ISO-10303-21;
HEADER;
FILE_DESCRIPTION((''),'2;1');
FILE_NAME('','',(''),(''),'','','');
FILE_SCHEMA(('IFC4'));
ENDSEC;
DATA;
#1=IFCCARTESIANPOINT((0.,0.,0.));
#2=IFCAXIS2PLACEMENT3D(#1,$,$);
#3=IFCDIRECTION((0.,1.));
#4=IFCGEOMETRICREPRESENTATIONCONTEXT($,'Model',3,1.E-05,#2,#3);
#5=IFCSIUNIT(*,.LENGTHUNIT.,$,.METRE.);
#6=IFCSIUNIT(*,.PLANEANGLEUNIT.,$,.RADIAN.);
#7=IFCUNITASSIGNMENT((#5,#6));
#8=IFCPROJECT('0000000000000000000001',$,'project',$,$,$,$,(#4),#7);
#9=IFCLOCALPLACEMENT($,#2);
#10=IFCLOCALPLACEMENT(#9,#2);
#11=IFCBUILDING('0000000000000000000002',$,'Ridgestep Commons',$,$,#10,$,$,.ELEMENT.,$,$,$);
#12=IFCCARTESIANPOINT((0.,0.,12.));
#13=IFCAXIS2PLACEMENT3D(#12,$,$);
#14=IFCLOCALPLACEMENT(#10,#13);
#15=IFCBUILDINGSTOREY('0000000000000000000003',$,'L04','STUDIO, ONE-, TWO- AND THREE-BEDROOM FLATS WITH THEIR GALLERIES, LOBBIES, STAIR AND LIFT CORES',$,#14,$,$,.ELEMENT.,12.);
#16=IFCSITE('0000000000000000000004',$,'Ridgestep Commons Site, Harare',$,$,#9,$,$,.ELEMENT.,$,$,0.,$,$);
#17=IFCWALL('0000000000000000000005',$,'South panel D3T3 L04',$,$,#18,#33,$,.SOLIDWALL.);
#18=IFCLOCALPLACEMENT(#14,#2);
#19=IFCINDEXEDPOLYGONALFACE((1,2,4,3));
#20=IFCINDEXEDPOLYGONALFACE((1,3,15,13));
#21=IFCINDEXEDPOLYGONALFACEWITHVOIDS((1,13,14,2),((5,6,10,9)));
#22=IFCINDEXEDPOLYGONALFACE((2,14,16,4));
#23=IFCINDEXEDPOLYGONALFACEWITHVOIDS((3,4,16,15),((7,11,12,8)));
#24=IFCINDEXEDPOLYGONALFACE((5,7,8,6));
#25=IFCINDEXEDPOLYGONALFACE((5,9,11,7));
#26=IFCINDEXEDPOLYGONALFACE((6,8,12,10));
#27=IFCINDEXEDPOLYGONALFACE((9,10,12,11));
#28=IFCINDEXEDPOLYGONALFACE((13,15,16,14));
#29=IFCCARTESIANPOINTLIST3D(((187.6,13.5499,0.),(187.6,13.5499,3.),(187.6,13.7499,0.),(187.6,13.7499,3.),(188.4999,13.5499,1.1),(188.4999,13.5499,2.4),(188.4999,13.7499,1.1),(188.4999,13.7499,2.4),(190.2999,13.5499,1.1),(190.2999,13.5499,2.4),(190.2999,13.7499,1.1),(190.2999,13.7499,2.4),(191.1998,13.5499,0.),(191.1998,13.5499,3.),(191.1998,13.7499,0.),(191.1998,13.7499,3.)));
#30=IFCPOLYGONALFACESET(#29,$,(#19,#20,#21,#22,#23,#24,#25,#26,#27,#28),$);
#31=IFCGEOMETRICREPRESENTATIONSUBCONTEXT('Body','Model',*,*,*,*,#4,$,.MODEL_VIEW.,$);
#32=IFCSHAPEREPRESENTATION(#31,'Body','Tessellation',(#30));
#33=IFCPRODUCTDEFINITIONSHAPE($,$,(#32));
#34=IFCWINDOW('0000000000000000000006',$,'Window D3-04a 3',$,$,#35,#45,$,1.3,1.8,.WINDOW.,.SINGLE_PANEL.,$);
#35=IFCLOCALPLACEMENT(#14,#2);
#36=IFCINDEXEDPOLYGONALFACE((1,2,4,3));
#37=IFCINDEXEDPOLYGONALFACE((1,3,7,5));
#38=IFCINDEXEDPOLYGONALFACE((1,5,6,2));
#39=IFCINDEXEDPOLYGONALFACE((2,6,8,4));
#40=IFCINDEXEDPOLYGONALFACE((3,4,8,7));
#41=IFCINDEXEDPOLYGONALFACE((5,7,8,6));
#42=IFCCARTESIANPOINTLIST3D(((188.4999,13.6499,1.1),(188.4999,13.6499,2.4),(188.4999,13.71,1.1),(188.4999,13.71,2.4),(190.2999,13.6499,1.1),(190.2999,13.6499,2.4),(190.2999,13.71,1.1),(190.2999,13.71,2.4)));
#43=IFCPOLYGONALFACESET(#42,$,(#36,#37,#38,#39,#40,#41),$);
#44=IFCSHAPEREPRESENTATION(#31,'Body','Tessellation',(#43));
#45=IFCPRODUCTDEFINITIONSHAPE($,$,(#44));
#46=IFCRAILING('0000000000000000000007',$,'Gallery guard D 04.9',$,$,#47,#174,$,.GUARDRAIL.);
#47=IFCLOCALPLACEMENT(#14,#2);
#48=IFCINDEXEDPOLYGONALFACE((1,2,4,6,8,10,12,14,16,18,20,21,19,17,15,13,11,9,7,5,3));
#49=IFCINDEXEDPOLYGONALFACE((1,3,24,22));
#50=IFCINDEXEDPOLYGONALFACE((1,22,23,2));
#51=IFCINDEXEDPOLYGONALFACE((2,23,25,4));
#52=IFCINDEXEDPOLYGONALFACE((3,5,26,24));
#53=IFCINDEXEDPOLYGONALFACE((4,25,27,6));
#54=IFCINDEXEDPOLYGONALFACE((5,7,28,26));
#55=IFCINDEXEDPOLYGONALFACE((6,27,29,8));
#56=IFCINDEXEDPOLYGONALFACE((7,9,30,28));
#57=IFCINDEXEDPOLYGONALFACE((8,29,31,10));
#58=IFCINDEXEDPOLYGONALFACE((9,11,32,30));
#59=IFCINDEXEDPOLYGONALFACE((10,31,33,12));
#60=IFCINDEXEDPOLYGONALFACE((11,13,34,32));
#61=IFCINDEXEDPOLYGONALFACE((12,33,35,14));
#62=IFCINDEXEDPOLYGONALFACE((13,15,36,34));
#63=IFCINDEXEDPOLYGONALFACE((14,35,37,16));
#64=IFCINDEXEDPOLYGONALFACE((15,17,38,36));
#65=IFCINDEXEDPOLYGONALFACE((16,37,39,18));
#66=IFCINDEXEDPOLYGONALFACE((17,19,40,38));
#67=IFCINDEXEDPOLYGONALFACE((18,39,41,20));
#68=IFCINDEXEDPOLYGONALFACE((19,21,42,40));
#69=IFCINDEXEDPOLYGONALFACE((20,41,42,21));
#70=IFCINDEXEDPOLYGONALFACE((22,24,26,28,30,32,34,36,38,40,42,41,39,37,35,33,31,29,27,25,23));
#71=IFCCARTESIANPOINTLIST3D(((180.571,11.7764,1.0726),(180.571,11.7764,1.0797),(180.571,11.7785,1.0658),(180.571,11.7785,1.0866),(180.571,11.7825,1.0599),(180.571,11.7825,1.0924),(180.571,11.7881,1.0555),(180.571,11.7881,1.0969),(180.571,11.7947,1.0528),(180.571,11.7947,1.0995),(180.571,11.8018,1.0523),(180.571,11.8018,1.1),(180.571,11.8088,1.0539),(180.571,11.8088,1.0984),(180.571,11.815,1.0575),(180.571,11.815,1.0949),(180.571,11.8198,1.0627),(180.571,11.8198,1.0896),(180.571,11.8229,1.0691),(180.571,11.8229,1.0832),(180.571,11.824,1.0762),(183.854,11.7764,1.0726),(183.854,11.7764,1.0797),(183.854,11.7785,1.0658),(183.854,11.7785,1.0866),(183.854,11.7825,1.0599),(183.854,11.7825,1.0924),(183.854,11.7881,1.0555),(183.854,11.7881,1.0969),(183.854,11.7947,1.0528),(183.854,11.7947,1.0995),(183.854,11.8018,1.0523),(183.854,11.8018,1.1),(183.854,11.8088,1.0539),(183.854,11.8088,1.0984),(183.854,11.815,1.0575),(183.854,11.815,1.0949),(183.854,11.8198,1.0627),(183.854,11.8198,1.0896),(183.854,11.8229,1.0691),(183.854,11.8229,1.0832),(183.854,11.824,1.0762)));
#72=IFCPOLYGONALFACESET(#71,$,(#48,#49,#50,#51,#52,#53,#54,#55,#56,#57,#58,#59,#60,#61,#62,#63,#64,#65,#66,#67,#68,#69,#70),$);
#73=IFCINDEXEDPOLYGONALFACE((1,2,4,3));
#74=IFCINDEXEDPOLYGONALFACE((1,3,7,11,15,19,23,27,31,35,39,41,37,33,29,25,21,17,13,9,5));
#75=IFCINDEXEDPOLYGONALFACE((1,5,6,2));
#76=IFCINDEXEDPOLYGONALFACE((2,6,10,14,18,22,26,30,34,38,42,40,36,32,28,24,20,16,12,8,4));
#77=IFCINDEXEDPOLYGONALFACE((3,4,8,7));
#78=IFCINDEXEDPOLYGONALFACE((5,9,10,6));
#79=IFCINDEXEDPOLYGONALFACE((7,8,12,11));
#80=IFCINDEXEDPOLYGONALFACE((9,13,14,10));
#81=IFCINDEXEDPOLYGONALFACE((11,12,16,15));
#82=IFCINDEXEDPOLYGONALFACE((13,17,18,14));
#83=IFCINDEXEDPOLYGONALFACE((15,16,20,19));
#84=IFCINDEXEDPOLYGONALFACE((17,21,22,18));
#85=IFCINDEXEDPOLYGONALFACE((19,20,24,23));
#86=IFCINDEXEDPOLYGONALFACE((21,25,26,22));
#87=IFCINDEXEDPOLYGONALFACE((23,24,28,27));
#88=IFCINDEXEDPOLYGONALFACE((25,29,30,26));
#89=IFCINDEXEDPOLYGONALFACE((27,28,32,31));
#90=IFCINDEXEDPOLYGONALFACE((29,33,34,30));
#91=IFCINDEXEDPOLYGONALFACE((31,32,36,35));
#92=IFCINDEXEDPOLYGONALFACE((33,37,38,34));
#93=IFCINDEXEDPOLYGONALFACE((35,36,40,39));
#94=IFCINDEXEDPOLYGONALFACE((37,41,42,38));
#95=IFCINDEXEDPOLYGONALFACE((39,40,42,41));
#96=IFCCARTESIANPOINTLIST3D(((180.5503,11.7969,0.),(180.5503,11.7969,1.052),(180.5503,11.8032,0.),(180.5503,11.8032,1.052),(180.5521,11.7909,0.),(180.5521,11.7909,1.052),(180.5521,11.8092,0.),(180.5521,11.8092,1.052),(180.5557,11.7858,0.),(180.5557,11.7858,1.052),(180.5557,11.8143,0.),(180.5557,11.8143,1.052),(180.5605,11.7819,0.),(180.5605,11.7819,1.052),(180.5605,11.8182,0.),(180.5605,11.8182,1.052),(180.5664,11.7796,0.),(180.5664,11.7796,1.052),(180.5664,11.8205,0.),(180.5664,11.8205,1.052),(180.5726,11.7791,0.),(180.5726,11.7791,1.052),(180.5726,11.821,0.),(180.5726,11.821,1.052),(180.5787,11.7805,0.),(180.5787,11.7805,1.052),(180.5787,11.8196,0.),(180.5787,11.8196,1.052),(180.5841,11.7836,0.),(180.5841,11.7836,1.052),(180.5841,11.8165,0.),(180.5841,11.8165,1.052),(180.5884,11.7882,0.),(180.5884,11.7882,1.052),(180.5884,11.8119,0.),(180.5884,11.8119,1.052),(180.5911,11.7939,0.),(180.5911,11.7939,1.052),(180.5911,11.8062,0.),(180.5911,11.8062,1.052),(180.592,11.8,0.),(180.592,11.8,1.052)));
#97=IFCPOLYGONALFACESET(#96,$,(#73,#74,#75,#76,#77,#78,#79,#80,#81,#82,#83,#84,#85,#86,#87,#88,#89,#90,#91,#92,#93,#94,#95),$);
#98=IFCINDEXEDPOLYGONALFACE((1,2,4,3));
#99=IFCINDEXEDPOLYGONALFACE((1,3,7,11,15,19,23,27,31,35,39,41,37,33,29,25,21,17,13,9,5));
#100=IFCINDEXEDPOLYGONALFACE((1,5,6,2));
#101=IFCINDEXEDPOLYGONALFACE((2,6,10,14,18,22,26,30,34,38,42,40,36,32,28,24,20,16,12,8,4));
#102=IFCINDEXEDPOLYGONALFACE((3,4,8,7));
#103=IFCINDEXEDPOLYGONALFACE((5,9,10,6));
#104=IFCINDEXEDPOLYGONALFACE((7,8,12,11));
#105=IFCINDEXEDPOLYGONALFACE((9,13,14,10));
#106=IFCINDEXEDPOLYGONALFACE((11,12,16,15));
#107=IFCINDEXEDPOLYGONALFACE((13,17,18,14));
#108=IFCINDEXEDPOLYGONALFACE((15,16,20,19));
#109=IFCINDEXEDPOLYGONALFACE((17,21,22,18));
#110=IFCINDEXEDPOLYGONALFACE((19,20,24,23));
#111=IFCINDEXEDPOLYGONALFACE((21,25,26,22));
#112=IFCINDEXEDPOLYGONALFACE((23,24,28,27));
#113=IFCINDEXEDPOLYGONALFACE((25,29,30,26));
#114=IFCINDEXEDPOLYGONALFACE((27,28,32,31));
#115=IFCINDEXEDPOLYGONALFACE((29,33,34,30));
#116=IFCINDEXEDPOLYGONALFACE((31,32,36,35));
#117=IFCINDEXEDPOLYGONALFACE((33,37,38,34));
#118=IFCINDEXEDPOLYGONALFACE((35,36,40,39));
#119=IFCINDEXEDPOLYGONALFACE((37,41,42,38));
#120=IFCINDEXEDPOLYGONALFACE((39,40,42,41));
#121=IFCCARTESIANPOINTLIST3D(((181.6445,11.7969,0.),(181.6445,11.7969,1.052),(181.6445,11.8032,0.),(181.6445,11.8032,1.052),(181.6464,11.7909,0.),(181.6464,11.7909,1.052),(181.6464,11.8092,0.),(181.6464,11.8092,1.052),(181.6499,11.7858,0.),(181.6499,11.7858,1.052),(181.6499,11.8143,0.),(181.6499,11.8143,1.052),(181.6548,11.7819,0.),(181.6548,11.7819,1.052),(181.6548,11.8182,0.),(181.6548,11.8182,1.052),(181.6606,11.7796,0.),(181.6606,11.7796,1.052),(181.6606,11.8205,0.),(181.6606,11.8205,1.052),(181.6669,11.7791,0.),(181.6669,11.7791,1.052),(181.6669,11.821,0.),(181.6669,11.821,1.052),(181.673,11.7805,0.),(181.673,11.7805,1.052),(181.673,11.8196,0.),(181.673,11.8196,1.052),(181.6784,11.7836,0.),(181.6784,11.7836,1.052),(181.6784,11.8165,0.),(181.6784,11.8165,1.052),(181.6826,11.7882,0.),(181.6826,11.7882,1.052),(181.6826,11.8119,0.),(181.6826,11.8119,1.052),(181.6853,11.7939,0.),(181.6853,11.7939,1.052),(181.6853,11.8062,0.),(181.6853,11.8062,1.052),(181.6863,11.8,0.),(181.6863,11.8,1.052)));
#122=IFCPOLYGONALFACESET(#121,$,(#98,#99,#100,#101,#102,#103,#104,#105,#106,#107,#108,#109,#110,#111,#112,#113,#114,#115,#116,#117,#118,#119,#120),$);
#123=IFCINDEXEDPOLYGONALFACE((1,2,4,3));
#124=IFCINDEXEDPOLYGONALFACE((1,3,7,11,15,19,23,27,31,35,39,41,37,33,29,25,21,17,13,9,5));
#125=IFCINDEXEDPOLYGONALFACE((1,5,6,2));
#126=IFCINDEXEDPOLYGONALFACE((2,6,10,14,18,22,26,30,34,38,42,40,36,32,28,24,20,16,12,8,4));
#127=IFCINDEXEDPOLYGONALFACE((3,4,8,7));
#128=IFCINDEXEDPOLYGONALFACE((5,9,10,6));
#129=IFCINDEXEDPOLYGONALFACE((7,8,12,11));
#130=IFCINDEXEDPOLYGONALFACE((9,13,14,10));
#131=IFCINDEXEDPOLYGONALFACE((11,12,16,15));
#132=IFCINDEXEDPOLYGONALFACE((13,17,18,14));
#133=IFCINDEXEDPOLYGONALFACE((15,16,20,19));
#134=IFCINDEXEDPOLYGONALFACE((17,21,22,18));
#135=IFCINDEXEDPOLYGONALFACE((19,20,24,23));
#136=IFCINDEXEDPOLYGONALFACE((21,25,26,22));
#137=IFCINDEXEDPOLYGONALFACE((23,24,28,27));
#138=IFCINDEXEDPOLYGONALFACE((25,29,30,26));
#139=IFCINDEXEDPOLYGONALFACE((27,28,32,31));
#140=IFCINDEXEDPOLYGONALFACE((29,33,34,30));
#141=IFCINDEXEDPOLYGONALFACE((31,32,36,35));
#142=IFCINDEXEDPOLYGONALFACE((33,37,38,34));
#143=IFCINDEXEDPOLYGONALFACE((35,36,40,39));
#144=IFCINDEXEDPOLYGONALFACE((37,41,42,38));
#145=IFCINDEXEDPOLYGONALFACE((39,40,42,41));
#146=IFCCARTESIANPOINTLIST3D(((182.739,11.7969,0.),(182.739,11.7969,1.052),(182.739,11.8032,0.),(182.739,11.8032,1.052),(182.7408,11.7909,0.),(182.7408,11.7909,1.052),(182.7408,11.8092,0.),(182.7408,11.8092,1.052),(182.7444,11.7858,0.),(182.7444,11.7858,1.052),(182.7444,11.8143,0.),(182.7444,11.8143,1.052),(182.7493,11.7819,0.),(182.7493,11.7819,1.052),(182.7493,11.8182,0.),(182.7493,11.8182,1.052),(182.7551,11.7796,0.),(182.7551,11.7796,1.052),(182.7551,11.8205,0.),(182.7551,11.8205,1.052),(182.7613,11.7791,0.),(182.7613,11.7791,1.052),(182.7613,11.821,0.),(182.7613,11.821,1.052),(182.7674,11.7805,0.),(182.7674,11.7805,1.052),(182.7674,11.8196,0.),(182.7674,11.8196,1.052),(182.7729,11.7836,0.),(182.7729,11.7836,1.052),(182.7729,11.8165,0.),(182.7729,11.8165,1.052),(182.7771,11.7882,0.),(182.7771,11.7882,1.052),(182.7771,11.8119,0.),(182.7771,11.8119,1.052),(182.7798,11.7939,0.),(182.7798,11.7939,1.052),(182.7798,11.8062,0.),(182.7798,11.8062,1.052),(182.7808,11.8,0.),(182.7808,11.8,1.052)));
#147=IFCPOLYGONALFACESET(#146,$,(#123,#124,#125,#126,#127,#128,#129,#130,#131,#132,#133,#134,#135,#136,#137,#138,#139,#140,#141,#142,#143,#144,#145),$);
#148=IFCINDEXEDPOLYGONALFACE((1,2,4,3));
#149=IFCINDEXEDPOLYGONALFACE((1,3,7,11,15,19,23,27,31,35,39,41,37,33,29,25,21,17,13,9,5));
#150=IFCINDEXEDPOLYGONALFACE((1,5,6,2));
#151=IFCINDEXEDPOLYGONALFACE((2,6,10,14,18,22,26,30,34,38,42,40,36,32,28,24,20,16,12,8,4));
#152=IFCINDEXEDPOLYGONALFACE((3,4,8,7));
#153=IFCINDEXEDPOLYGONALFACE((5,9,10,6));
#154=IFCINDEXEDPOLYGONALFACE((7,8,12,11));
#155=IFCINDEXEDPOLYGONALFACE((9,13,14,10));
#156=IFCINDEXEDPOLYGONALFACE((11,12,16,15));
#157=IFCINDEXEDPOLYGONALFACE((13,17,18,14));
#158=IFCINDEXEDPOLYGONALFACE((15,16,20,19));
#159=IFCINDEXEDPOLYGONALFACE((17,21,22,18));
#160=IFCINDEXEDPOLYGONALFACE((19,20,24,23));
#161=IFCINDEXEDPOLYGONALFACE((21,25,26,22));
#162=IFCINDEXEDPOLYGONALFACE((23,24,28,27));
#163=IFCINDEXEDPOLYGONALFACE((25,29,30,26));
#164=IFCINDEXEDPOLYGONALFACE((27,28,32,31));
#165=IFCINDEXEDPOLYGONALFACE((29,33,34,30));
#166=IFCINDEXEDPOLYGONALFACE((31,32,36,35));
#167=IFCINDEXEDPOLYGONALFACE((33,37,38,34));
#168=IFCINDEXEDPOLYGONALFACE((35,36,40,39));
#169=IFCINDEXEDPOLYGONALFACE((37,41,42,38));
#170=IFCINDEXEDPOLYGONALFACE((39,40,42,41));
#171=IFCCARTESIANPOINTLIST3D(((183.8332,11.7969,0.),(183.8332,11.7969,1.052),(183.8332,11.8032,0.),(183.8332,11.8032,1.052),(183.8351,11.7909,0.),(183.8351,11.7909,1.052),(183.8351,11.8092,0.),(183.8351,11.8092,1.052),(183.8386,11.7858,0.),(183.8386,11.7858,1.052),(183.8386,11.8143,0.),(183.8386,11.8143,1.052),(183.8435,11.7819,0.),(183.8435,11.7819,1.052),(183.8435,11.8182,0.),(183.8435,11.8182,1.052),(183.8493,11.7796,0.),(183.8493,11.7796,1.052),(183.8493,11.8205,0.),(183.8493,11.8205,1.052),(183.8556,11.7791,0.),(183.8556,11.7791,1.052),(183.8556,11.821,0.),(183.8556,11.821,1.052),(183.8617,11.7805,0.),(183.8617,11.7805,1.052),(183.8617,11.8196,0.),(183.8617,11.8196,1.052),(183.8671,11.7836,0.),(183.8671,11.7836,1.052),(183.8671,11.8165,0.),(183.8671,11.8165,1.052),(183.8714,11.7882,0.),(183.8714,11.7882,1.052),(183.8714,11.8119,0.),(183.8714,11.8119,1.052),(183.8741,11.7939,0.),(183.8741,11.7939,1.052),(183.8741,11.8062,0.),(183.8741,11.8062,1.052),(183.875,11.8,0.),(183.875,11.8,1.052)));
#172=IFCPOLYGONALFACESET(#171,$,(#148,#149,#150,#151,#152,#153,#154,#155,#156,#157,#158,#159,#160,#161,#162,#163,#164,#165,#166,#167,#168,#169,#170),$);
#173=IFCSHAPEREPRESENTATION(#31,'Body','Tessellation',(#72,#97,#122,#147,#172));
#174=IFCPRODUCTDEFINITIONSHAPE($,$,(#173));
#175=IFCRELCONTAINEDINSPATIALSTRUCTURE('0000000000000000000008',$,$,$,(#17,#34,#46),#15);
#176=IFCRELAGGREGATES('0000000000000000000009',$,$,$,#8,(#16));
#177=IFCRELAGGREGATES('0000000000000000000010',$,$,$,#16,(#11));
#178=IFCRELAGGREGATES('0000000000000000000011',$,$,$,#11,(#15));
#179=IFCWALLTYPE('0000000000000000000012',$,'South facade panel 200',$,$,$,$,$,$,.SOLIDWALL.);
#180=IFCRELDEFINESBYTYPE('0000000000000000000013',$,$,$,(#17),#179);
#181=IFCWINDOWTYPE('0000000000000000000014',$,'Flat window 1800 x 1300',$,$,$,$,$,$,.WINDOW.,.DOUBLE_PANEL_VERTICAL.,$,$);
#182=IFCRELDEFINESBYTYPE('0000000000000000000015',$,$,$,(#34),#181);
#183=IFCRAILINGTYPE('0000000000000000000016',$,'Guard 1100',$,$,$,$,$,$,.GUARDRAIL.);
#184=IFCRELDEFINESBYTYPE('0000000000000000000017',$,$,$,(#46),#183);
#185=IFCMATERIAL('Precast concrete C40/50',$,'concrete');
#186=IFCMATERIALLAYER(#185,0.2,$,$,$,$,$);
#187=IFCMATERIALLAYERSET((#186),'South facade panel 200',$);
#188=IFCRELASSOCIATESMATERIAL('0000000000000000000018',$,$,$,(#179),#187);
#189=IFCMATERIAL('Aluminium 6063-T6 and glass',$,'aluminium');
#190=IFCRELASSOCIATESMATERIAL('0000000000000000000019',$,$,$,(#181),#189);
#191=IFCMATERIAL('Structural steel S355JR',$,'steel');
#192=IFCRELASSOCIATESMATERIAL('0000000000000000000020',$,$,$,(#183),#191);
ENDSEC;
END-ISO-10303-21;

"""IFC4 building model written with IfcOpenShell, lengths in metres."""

from ifc_helpers import new_model, si_unit, direction, frame, frame_2d, origin, origin_2d, place, context, subcontext, project, spatial, rectangle, circle, extrude, material, layer, layer_set, type_object, element, fill, save


model = new_model("IFC4")

# Units and contexts
model_context = context("Model", 3, precision=1e-05, world=origin(), true_north=direction((0.0, 1.0)))
body_context = subcontext(model_context, "Body", "Model", "MODEL_VIEW")
ifc_project = project(units=[si_unit("LENGTHUNIT", "METRE"), si_unit("PLANEANGLEUNIT", "RADIAN")], contexts=[model_context])

# Site, building, storey
site_placement = place(None, origin())
site = spatial("IfcSite", under=ifc_project, at=site_placement, Name="Ridgestep Commons Site, Harare", CompositionType="ELEMENT", RefElevation=0.0)
building_placement = place(site_placement, origin())
building = spatial("IfcBuilding", under=site, at=building_placement, Name="Ridgestep Commons", CompositionType="ELEMENT")
storey_placement = place(building_placement, frame((0.0, 0.0, 12.0)))
storey = spatial("IfcBuildingStorey", under=building, at=storey_placement, Name="L04", Description="STUDIO, ONE-, TWO- AND THREE-BEDROOM FLATS WITH THEIR GALLERIES, LOBBIES, STAIR AND LIFT CORES", CompositionType="ELEMENT", Elevation=12.0)

# Shared definitions
ifc_material_1 = material(Name="Precast concrete C40/50", Category="concrete")
ifc_layer_1 = layer(ifc_material_1, 0.2)
ifc_layer_set_1 = layer_set([ifc_layer_1], Name="South facade panel 200")
wall_type_1 = type_object("IfcWallType", Name="South facade panel 200", PredefinedType="SOLIDWALL", material=ifc_layer_set_1)
ifc_material_2 = material(Name="Aluminium 6063-T6 and glass", Category="aluminium")
window_type = type_object("IfcWindowType", Name="Flat window 1800 x 1300", PartitioningType="DOUBLE_PANEL_VERTICAL", PredefinedType="WINDOW", material=ifc_material_2)

# Wall, opening, window
wall_1_placement = place(storey_placement, frame((187.6001, 13.6499, 0.0), z_axis=(0.0, 0.0, 1.0), x_axis=(1.0, 0.0, 0.0)))
wall_1 = element("IfcWall", 1, at=wall_1_placement, inside=storey, type_object=wall_type_1, Name="South panel D3T3 L04", PredefinedType="SOLIDWALL", context=body_context, shape_type="SweptSolid", body=[
    extrude(rectangle(XDim=3.5999, YDim=0.2, at=frame_2d((1.7998, 0.0))), origin(), (0.0, 0.0, 1.0), 3.0),
])
opening_1_placement = place(wall_1_placement, frame((0.8999, 0.0, 1.1001)))
opening_1 = element("IfcOpeningElement", 2, at=opening_1_placement, cuts=wall_1, PredefinedType="OPENING", context=body_context, shape_type="SweptSolid", body=[
    extrude(rectangle(XDim=1.8, YDim=1.3, at=frame_2d((0.8999, 0.6499))), frame((0.0, 0.1099, 0.0), z_axis=(0.0, -1.0, 0.0), x_axis=(1.0, 0.0, 0.0)), (0.0, 0.0, 1.0), 0.22),
])
window_1_placement = place(opening_1_placement, origin())
window_1 = element("IfcWindow", 3, at=window_1_placement, inside=storey, type_object=window_type, Name="Window D3-04a 3", OverallHeight=1.3, OverallWidth=1.8, PartitioningType="SINGLE_PANEL", PredefinedType="WINDOW", context=body_context, shape_type="SweptSolid", body=[
    extrude(rectangle(XDim=1.8, YDim=1.3, at=frame_2d((0.8999, 0.6499))), frame((0.0, 0.0601, 0.0), z_axis=(0.0, -1.0, 0.0), x_axis=(1.0, 0.0, 0.0)), (0.0, 0.0, 1.0), 0.0601),
])
fill(opening_1, window_1)

# Railing
ifc_material_3 = material(Name="Structural steel S355JR", Category="steel")
railing_type = type_object("IfcRailingType", Name="Guard 1100", PredefinedType="GUARDRAIL", material=ifc_material_3)
railing_1_placement = place(storey_placement, frame((180.571, 11.8, 0.0)))
element("IfcRailing", 4, at=railing_1_placement, inside=storey, type_object=railing_type, Name="Gallery guard D 04.9", PredefinedType="GUARDRAIL", context=body_context, shape_type="SweptSolid", body=[
    extrude(circle(Radius=0.0239, at=origin_2d()), frame((0.0, 0.0, 1.0762), z_axis=(1.0, 0.0, 0.0), x_axis=(0.0, 1.0, 0.0)), (0.0, 0.0, 1.0), 3.283),
    extrude(circle(Radius=0.021, at=origin_2d()), origin(), (0.0, 0.0, 1.0), 1.052),
    extrude(circle(Radius=0.021, at=origin_2d()), frame((1.0942, 0.0, 0.0)), (0.0, 0.0, 1.0), 1.052),
    extrude(circle(Radius=0.021, at=origin_2d()), frame((2.1887, 0.0, 0.0)), (0.0, 0.0, 1.0), 1.052),
    extrude(circle(Radius=0.021, at=origin_2d()), frame((3.283, 0.0, 0.0)), (0.0, 0.0, 1.0), 1.052),
])

save(model, "model.ifc")
